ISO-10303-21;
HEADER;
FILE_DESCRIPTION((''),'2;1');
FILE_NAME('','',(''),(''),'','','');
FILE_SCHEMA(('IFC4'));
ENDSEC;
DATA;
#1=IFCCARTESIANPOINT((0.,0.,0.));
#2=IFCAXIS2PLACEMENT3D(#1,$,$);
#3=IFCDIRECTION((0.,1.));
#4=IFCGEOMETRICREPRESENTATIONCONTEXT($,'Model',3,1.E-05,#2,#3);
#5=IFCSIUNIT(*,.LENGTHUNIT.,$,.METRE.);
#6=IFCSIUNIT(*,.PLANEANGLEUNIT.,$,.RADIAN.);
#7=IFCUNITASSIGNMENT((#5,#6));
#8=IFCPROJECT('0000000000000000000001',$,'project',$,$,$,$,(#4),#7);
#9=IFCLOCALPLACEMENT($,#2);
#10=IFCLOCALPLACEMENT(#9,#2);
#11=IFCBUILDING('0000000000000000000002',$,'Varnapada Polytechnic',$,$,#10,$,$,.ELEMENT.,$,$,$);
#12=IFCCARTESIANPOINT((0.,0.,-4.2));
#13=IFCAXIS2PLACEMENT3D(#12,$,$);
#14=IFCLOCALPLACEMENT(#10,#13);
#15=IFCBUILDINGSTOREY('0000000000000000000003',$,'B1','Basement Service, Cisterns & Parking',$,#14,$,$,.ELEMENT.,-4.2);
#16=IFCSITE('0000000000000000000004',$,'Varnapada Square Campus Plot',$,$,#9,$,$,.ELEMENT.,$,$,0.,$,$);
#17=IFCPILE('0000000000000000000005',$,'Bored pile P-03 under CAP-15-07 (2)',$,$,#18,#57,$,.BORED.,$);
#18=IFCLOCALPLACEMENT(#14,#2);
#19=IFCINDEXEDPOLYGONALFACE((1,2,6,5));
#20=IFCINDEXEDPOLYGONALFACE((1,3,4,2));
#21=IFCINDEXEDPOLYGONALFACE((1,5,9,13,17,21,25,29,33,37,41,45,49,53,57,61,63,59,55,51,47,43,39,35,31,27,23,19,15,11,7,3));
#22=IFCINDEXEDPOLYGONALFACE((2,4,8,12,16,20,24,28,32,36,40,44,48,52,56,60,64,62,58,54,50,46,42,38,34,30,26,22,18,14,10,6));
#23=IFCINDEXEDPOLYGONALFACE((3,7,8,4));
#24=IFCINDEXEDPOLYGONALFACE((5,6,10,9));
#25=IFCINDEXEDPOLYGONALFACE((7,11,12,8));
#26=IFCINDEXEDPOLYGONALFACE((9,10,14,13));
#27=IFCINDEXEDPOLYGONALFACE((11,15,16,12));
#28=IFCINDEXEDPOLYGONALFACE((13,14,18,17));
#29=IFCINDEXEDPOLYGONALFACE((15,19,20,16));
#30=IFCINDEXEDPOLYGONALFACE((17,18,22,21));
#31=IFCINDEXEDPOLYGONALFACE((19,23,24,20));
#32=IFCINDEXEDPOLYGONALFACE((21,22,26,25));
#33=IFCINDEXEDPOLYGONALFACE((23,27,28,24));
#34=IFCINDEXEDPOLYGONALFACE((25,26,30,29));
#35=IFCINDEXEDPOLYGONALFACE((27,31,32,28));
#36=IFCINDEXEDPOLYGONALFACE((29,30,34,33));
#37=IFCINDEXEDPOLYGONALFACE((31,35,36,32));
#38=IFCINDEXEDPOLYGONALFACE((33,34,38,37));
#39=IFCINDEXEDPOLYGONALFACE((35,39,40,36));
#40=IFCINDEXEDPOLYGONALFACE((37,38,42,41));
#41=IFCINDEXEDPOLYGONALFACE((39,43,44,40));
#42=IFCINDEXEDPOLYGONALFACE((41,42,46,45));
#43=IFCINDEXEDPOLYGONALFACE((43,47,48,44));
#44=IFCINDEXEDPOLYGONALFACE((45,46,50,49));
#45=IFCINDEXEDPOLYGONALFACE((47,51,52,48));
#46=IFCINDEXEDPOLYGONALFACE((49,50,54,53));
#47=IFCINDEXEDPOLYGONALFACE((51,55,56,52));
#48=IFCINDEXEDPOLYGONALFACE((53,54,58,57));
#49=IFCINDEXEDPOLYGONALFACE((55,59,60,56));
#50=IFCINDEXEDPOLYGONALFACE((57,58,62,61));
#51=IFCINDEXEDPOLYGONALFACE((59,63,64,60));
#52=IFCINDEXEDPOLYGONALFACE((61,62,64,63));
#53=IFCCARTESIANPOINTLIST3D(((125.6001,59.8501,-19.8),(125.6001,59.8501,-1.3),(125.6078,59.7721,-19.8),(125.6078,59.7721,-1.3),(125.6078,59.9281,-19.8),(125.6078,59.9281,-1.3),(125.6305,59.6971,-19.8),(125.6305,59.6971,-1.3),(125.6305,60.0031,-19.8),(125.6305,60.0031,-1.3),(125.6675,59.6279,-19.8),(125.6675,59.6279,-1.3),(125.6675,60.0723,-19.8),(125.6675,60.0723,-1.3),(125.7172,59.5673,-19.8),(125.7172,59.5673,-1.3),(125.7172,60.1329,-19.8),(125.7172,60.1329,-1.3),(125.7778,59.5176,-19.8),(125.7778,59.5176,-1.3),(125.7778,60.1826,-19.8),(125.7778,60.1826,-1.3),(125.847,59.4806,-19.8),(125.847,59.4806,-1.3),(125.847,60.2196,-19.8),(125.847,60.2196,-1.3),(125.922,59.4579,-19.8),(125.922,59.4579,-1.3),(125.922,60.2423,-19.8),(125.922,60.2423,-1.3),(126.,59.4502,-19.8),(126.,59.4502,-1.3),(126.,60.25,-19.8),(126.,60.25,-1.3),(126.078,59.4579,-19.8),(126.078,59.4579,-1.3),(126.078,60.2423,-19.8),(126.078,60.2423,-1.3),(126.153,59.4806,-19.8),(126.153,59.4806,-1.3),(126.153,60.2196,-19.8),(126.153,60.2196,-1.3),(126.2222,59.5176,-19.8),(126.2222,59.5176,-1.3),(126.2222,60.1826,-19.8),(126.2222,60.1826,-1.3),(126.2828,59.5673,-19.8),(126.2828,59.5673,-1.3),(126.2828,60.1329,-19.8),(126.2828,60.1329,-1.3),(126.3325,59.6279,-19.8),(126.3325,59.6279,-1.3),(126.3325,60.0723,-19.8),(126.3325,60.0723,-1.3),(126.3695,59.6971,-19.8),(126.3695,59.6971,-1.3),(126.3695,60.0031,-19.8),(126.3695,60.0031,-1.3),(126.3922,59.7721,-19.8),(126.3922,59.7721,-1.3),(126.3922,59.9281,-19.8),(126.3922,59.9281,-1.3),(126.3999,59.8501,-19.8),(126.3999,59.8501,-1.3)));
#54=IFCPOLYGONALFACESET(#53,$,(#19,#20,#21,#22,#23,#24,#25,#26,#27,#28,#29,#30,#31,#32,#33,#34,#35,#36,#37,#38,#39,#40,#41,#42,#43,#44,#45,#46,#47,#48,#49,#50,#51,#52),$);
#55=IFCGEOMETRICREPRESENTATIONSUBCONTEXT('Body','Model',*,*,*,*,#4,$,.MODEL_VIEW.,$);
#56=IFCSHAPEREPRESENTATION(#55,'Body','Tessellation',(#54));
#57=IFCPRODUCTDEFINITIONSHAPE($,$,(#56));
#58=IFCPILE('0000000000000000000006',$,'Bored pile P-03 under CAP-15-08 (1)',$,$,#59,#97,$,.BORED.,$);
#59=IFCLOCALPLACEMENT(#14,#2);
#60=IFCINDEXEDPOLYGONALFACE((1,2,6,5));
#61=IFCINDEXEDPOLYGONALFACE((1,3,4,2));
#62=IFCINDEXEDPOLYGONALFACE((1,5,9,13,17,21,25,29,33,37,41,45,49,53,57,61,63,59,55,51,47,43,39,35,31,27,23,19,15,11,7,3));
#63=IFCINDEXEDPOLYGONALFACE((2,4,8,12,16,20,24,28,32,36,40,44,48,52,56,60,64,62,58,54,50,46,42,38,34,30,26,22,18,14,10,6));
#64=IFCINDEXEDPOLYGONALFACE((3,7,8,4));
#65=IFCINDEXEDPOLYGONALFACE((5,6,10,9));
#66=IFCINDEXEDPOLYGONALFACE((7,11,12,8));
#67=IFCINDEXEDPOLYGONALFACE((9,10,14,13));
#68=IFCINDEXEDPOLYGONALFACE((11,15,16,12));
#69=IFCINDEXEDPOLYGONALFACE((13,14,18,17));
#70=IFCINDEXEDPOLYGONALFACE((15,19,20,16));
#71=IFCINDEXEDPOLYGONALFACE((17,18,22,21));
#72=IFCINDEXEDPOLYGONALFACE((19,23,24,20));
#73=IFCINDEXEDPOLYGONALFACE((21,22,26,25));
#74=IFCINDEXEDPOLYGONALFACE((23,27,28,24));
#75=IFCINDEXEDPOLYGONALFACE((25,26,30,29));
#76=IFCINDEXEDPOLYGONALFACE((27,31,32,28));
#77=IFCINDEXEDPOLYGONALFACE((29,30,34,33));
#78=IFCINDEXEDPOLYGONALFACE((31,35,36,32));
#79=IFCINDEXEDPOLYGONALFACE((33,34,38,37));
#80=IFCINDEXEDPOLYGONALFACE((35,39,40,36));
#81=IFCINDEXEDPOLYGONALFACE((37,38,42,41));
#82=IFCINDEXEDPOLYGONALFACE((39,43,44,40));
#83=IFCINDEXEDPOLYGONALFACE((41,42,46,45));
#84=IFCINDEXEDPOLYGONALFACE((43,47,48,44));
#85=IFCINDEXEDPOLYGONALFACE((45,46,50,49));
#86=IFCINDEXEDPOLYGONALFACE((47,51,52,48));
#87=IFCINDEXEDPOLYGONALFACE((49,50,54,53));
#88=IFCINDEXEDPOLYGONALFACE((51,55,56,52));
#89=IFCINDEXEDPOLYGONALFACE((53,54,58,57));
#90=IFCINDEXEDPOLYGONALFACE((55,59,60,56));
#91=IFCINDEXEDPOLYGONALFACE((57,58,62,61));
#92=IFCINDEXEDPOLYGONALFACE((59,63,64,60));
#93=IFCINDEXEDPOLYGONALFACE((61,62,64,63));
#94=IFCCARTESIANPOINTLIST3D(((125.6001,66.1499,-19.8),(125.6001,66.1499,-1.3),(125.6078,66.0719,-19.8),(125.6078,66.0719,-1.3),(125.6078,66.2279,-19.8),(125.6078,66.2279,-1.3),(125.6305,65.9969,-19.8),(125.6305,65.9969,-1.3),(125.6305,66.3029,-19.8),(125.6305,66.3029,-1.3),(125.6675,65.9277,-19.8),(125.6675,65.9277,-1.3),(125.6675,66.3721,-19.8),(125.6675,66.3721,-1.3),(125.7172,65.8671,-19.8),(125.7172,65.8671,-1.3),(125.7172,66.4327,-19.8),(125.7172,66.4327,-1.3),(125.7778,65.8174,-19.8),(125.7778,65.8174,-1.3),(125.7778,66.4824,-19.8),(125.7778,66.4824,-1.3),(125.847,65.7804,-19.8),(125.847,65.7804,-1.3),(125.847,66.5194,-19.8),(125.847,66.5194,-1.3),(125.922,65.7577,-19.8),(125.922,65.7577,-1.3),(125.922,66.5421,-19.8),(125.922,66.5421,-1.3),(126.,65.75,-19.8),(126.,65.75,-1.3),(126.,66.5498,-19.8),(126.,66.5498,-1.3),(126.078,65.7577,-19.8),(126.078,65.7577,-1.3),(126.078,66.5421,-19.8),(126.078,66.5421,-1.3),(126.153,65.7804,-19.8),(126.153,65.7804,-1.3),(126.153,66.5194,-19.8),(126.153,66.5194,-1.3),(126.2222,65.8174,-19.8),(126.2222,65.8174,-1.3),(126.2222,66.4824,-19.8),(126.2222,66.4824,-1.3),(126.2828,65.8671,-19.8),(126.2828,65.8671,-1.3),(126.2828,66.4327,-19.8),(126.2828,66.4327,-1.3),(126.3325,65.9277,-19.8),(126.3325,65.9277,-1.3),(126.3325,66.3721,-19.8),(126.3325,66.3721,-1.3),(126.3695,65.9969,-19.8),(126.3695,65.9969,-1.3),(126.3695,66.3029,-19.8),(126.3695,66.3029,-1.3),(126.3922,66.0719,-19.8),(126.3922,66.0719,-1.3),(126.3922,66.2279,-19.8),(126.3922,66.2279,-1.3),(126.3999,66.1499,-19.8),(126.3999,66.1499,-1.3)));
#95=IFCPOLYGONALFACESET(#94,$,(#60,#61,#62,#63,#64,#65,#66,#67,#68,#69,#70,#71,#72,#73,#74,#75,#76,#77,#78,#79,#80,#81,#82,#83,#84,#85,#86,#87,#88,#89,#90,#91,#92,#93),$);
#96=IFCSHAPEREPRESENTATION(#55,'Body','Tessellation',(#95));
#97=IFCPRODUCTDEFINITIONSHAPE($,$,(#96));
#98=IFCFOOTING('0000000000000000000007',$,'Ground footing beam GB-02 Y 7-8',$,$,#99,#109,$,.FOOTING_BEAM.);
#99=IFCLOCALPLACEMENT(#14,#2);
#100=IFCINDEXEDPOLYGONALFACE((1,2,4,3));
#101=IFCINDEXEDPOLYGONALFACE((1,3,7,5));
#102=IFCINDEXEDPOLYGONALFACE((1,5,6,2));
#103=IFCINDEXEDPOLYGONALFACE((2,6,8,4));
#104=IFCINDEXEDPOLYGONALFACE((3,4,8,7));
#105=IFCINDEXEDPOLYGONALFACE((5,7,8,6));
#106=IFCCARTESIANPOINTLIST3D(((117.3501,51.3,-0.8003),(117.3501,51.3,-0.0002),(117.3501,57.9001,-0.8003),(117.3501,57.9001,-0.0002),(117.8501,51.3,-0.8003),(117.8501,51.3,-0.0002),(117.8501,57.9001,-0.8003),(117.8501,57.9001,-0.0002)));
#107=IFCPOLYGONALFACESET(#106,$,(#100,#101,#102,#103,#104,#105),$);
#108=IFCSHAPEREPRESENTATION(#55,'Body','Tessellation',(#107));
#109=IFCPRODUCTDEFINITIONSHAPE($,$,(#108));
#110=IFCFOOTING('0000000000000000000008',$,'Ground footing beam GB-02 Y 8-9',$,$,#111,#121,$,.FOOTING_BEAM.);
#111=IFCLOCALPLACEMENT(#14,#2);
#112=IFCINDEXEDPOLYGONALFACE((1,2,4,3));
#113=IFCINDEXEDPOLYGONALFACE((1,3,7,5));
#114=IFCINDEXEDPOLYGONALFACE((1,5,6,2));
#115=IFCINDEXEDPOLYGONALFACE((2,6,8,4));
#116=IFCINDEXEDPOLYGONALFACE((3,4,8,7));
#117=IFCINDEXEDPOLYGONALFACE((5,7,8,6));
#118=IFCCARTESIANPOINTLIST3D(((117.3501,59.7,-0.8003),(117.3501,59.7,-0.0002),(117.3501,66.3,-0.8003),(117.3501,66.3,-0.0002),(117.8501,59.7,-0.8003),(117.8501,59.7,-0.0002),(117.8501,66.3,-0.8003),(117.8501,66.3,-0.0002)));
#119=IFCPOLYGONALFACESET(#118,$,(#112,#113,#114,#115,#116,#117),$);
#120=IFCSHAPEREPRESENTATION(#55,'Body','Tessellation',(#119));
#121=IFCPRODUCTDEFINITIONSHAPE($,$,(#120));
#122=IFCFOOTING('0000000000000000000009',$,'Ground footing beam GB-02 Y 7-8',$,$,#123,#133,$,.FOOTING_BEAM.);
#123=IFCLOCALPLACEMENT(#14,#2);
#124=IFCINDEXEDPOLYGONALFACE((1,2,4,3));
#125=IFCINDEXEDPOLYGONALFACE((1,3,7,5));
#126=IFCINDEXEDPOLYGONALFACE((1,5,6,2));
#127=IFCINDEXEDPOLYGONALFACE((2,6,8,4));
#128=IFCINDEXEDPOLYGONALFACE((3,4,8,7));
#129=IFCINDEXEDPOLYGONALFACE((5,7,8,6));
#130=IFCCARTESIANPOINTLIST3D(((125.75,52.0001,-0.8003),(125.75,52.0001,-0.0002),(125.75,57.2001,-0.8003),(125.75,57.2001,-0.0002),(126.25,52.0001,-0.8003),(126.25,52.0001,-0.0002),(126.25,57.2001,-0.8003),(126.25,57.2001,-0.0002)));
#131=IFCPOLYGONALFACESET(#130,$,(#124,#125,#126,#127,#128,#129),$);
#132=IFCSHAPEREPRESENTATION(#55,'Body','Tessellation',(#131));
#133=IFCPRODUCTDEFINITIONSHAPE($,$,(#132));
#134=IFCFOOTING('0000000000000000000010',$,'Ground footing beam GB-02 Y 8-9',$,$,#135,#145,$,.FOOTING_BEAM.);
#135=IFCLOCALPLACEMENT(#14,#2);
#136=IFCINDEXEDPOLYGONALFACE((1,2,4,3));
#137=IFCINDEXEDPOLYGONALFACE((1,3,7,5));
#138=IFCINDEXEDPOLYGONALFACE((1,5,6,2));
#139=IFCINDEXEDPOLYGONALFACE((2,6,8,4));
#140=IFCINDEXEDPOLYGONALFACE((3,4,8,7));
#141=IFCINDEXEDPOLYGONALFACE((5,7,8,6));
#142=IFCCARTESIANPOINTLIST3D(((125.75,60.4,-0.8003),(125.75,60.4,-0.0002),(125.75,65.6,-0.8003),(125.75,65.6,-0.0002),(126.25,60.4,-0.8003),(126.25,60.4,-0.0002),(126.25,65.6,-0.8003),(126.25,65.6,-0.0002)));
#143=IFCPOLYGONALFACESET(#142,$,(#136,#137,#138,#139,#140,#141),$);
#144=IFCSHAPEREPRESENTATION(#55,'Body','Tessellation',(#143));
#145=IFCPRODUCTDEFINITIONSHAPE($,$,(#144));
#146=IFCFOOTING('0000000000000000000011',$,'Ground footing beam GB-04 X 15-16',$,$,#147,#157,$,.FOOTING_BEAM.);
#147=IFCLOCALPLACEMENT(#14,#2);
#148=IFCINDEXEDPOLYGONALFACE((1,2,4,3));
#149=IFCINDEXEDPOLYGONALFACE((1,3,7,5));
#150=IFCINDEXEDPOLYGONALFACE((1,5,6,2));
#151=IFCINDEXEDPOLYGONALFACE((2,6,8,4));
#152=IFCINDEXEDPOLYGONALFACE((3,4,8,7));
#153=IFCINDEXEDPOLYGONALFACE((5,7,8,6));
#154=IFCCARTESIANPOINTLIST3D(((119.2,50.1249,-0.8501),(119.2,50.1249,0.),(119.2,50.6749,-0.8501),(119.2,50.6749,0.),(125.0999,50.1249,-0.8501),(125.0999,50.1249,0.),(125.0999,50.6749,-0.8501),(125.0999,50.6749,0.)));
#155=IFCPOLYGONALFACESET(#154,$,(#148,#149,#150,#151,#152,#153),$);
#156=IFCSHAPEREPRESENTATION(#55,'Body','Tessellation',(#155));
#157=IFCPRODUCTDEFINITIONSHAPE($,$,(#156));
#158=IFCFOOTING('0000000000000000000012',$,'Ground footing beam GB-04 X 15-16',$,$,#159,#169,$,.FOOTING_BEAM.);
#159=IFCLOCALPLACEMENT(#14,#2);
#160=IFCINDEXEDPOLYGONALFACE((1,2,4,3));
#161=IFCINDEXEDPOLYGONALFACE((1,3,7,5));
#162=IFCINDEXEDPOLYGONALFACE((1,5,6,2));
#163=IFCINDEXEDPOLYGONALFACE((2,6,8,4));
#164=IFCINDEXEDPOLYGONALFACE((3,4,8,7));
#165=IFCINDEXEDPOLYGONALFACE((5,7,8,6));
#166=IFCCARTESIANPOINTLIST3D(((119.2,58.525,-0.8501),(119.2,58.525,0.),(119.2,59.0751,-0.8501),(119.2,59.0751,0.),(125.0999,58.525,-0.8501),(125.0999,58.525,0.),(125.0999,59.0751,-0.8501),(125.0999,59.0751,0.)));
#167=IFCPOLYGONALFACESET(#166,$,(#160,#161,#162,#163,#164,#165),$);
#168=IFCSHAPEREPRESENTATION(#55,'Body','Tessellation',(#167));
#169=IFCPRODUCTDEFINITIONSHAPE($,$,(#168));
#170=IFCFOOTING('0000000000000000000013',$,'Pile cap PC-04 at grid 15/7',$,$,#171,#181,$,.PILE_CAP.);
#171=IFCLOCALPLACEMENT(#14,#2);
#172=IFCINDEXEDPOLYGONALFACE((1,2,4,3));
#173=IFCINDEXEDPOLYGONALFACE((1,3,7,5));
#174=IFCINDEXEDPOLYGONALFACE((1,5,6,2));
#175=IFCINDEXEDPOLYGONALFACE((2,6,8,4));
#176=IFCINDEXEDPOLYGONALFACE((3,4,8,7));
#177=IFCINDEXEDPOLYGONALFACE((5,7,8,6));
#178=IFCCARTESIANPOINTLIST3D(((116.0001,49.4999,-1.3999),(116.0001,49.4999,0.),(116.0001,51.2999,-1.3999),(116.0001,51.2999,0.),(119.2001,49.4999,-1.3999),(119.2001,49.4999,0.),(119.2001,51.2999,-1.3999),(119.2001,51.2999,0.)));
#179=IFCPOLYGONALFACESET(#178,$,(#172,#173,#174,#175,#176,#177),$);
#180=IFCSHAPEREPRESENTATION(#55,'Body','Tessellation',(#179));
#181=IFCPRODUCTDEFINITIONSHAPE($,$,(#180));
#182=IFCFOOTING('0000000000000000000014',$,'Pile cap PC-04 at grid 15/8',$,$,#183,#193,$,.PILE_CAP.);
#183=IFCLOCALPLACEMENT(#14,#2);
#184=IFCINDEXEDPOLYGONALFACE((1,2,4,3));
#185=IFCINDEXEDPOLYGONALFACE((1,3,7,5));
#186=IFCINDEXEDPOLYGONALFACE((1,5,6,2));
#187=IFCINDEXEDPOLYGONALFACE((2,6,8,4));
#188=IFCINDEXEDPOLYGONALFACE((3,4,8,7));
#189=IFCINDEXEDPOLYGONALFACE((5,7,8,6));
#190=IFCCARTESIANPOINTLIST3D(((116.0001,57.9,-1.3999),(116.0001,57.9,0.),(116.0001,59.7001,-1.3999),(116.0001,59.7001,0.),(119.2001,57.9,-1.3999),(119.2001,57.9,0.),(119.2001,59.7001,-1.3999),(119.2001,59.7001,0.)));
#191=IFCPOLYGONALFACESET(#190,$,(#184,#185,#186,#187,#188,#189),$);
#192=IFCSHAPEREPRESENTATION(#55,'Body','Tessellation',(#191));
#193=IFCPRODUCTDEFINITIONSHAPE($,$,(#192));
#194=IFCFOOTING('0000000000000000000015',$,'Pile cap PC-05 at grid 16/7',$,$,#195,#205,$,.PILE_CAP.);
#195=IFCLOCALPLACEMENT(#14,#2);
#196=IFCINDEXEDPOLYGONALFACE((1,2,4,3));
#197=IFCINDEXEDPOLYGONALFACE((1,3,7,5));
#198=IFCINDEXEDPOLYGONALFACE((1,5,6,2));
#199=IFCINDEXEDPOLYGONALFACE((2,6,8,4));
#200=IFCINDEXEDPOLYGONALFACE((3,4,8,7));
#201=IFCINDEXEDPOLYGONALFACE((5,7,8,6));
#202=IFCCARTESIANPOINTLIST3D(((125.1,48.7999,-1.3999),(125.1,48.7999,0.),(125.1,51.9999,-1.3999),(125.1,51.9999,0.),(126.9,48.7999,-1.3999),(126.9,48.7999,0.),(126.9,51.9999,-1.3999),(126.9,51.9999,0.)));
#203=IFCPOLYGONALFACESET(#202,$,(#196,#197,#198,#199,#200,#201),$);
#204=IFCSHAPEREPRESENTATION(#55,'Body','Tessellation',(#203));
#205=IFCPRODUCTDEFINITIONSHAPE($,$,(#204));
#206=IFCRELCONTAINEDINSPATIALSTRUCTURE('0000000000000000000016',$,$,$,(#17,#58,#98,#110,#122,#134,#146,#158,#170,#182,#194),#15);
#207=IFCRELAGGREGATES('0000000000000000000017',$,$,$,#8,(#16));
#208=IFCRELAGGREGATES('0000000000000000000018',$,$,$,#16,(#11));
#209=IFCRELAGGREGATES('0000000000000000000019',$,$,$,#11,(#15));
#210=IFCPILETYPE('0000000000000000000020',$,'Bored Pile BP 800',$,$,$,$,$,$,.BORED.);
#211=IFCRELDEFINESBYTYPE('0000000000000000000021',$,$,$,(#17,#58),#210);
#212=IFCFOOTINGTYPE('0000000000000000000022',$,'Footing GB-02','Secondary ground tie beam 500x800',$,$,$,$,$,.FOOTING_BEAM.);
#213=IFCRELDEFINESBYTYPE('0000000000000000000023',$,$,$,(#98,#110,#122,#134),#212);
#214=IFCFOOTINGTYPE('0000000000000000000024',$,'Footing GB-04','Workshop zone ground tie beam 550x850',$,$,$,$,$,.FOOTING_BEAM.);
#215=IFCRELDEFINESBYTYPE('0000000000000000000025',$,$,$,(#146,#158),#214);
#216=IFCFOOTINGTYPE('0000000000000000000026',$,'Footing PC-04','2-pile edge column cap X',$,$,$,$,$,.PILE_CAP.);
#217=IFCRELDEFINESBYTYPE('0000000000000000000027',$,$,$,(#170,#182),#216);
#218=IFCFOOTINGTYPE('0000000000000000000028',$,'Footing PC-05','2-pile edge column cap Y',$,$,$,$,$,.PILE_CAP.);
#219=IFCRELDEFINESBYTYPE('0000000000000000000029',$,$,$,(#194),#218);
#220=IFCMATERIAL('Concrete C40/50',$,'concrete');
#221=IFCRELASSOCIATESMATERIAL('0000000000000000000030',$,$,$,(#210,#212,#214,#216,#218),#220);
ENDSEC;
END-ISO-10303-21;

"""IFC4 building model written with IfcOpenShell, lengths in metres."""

from ifc_helpers import new_model, si_unit, direction, frame, origin, origin_2d, place, context, subcontext, project, spatial, rectangle, circle, extrude, material, material_profile, profile_set, type_object, element, save


model = new_model("IFC4")

# Units and contexts
model_context = context("Model", 3, precision=1e-05, world=origin(), true_north=direction((0.0, 1.0)))
body_context = subcontext(model_context, "Body", "Model", "MODEL_VIEW")
ifc_project = project(units=[si_unit("LENGTHUNIT", "METRE"), si_unit("PLANEANGLEUNIT", "RADIAN")], contexts=[model_context])

# Site, building, storey
site_placement = place(None, origin())
site = spatial("IfcSite", under=ifc_project, at=site_placement, Name="Varnapada Square Campus Plot", CompositionType="ELEMENT", RefElevation=0.0)
building_placement = place(site_placement, origin())
building = spatial("IfcBuilding", under=site, at=building_placement, Name="Varnapada Polytechnic", CompositionType="ELEMENT")
storey_placement = place(building_placement, frame((0.0, 0.0, -4.2)))
storey = spatial("IfcBuildingStorey", under=building, at=storey_placement, Name="B1", Description="Basement Service, Cisterns & Parking", CompositionType="ELEMENT", Elevation=-4.2)

# Piles
ifc_material_1 = material(Name="Concrete C40/50", Category="concrete")
ifc_material_profile_1 = material_profile(ifc_material_1, circle(Radius=0.3999, at=origin_2d()), Name="BP 800")
ifc_profile_set_1 = profile_set([ifc_material_profile_1], Name="Concrete C40/50")
pile_type = type_object("IfcPileType", Name="Bored Pile BP 800", PredefinedType="BORED", material=ifc_profile_set_1)
for number, where, z_axis, x_axis, name in (
    (1, (126.0, 59.8501, -1.3), (0.0, 0.0, -1.0), (1.0, 0.0, 0.0), "Bored pile P-03 under CAP-15-07 (2)"),
    (2, (126.0, 66.1499, -1.3), (0.0, 0.0, -1.0), (1.0, 0.0, 0.0), "Bored pile P-03 under CAP-15-08 (1)"),
):
    element("IfcPile", number, at=place(storey_placement, frame(where, z_axis=z_axis, x_axis=x_axis)), inside=storey, type_object=pile_type, Name=name, PredefinedType="BORED", context=body_context, shape_type="SweptSolid", body=[
        extrude(circle(Radius=0.3999, at=origin_2d()), origin(), (0.0, 0.0, 1.0), 18.5),
    ])

# Footings
footing_type_1 = type_object("IfcFootingType", Name="Footing GB-02", Description="Secondary ground tie beam 500x800", PredefinedType="FOOTING_BEAM", material=ifc_material_1)
for number, where, z_axis, x_axis, name in (
    (3, (117.6001, 54.6001, -0.8003), (0.0, 0.0, 1.0), (0.0, 1.0, 0.0), "Ground footing beam GB-02 Y 7-8"),
    (4, (117.6001, 63.0, -0.8003), (0.0, 0.0, 1.0), (0.0, 1.0, 0.0), "Ground footing beam GB-02 Y 8-9"),
):
    element("IfcFooting", number, at=place(storey_placement, frame(where, z_axis=z_axis, x_axis=x_axis)), inside=storey, type_object=footing_type_1, Name=name, PredefinedType="FOOTING_BEAM", context=body_context, shape_type="SweptSolid", body=[
        extrude(rectangle(XDim=6.6001, YDim=0.5, at=origin_2d()), origin(), (0.0, 0.0, 1.0), 0.8),
    ])
for number, where, z_axis, x_axis, name in (
    (5, (126.0, 54.6001, -0.8003), (0.0, 0.0, 1.0), (0.0, 1.0, 0.0), "Ground footing beam GB-02 Y 7-8"),
    (6, (126.0, 63.0, -0.8003), (0.0, 0.0, 1.0), (0.0, 1.0, 0.0), "Ground footing beam GB-02 Y 8-9"),
):
    element("IfcFooting", number, at=place(storey_placement, frame(where, z_axis=z_axis, x_axis=x_axis)), inside=storey, type_object=footing_type_1, Name=name, PredefinedType="FOOTING_BEAM", context=body_context, shape_type="SweptSolid", body=[
        extrude(rectangle(XDim=5.2, YDim=0.5, at=origin_2d()), origin(), (0.0, 0.0, 1.0), 0.8),
    ])
footing_type_2 = type_object("IfcFootingType", Name="Footing GB-04", Description="Workshop zone ground tie beam 550x850", PredefinedType="FOOTING_BEAM", material=ifc_material_1)
for number, where, z_axis, x_axis, name in (
    (7, (122.1499, 50.3999, -0.8501), (0.0, 0.0, 1.0), (1.0, 0.0, 0.0), "Ground footing beam GB-04 X 15-16"),
    (8, (122.1499, 58.8, -0.8501), (0.0, 0.0, 1.0), (1.0, 0.0, 0.0), "Ground footing beam GB-04 X 15-16"),
):
    element("IfcFooting", number, at=place(storey_placement, frame(where, z_axis=z_axis, x_axis=x_axis)), inside=storey, type_object=footing_type_2, Name=name, PredefinedType="FOOTING_BEAM", context=body_context, shape_type="SweptSolid", body=[
        extrude(rectangle(XDim=5.8999, YDim=0.55, at=origin_2d()), origin(), (0.0, 0.0, 1.0), 0.8501),
    ])
footing_type_3 = type_object("IfcFootingType", Name="Footing PC-04", Description="2-pile edge column cap X", PredefinedType="PILE_CAP", material=ifc_material_1)
for number, where, z_axis, x_axis, name in (
    (9, (117.6001, 50.3999, -1.3999), (0.0, 0.0, 1.0), (1.0, 0.0, 0.0), "Pile cap PC-04 at grid 15/7"),
    (10, (117.6001, 58.8, -1.3999), (0.0, 0.0, 1.0), (1.0, 0.0, 0.0), "Pile cap PC-04 at grid 15/8"),
):
    element("IfcFooting", number, at=place(storey_placement, frame(where, z_axis=z_axis, x_axis=x_axis)), inside=storey, type_object=footing_type_3, Name=name, PredefinedType="PILE_CAP", context=body_context, shape_type="SweptSolid", body=[
        extrude(rectangle(XDim=3.2, YDim=1.8, at=origin_2d()), origin(), (0.0, 0.0, 1.0), 1.3999),
    ])
footing_type_4 = type_object("IfcFootingType", Name="Footing PC-05", Description="2-pile edge column cap Y", PredefinedType="PILE_CAP", material=ifc_material_1)
for number, where, z_axis, x_axis, name in (
    (11, (126.0, 50.3999, -1.3999), (0.0, 0.0, 1.0), (1.0, 0.0, 0.0), "Pile cap PC-05 at grid 16/7"),
):
    element("IfcFooting", number, at=place(storey_placement, frame(where, z_axis=z_axis, x_axis=x_axis)), inside=storey, type_object=footing_type_4, Name=name, PredefinedType="PILE_CAP", context=body_context, shape_type="SweptSolid", body=[
        extrude(rectangle(XDim=1.8, YDim=3.2, at=origin_2d()), origin(), (0.0, 0.0, 1.0), 1.3999),
    ])

save(model, "model.ifc")
